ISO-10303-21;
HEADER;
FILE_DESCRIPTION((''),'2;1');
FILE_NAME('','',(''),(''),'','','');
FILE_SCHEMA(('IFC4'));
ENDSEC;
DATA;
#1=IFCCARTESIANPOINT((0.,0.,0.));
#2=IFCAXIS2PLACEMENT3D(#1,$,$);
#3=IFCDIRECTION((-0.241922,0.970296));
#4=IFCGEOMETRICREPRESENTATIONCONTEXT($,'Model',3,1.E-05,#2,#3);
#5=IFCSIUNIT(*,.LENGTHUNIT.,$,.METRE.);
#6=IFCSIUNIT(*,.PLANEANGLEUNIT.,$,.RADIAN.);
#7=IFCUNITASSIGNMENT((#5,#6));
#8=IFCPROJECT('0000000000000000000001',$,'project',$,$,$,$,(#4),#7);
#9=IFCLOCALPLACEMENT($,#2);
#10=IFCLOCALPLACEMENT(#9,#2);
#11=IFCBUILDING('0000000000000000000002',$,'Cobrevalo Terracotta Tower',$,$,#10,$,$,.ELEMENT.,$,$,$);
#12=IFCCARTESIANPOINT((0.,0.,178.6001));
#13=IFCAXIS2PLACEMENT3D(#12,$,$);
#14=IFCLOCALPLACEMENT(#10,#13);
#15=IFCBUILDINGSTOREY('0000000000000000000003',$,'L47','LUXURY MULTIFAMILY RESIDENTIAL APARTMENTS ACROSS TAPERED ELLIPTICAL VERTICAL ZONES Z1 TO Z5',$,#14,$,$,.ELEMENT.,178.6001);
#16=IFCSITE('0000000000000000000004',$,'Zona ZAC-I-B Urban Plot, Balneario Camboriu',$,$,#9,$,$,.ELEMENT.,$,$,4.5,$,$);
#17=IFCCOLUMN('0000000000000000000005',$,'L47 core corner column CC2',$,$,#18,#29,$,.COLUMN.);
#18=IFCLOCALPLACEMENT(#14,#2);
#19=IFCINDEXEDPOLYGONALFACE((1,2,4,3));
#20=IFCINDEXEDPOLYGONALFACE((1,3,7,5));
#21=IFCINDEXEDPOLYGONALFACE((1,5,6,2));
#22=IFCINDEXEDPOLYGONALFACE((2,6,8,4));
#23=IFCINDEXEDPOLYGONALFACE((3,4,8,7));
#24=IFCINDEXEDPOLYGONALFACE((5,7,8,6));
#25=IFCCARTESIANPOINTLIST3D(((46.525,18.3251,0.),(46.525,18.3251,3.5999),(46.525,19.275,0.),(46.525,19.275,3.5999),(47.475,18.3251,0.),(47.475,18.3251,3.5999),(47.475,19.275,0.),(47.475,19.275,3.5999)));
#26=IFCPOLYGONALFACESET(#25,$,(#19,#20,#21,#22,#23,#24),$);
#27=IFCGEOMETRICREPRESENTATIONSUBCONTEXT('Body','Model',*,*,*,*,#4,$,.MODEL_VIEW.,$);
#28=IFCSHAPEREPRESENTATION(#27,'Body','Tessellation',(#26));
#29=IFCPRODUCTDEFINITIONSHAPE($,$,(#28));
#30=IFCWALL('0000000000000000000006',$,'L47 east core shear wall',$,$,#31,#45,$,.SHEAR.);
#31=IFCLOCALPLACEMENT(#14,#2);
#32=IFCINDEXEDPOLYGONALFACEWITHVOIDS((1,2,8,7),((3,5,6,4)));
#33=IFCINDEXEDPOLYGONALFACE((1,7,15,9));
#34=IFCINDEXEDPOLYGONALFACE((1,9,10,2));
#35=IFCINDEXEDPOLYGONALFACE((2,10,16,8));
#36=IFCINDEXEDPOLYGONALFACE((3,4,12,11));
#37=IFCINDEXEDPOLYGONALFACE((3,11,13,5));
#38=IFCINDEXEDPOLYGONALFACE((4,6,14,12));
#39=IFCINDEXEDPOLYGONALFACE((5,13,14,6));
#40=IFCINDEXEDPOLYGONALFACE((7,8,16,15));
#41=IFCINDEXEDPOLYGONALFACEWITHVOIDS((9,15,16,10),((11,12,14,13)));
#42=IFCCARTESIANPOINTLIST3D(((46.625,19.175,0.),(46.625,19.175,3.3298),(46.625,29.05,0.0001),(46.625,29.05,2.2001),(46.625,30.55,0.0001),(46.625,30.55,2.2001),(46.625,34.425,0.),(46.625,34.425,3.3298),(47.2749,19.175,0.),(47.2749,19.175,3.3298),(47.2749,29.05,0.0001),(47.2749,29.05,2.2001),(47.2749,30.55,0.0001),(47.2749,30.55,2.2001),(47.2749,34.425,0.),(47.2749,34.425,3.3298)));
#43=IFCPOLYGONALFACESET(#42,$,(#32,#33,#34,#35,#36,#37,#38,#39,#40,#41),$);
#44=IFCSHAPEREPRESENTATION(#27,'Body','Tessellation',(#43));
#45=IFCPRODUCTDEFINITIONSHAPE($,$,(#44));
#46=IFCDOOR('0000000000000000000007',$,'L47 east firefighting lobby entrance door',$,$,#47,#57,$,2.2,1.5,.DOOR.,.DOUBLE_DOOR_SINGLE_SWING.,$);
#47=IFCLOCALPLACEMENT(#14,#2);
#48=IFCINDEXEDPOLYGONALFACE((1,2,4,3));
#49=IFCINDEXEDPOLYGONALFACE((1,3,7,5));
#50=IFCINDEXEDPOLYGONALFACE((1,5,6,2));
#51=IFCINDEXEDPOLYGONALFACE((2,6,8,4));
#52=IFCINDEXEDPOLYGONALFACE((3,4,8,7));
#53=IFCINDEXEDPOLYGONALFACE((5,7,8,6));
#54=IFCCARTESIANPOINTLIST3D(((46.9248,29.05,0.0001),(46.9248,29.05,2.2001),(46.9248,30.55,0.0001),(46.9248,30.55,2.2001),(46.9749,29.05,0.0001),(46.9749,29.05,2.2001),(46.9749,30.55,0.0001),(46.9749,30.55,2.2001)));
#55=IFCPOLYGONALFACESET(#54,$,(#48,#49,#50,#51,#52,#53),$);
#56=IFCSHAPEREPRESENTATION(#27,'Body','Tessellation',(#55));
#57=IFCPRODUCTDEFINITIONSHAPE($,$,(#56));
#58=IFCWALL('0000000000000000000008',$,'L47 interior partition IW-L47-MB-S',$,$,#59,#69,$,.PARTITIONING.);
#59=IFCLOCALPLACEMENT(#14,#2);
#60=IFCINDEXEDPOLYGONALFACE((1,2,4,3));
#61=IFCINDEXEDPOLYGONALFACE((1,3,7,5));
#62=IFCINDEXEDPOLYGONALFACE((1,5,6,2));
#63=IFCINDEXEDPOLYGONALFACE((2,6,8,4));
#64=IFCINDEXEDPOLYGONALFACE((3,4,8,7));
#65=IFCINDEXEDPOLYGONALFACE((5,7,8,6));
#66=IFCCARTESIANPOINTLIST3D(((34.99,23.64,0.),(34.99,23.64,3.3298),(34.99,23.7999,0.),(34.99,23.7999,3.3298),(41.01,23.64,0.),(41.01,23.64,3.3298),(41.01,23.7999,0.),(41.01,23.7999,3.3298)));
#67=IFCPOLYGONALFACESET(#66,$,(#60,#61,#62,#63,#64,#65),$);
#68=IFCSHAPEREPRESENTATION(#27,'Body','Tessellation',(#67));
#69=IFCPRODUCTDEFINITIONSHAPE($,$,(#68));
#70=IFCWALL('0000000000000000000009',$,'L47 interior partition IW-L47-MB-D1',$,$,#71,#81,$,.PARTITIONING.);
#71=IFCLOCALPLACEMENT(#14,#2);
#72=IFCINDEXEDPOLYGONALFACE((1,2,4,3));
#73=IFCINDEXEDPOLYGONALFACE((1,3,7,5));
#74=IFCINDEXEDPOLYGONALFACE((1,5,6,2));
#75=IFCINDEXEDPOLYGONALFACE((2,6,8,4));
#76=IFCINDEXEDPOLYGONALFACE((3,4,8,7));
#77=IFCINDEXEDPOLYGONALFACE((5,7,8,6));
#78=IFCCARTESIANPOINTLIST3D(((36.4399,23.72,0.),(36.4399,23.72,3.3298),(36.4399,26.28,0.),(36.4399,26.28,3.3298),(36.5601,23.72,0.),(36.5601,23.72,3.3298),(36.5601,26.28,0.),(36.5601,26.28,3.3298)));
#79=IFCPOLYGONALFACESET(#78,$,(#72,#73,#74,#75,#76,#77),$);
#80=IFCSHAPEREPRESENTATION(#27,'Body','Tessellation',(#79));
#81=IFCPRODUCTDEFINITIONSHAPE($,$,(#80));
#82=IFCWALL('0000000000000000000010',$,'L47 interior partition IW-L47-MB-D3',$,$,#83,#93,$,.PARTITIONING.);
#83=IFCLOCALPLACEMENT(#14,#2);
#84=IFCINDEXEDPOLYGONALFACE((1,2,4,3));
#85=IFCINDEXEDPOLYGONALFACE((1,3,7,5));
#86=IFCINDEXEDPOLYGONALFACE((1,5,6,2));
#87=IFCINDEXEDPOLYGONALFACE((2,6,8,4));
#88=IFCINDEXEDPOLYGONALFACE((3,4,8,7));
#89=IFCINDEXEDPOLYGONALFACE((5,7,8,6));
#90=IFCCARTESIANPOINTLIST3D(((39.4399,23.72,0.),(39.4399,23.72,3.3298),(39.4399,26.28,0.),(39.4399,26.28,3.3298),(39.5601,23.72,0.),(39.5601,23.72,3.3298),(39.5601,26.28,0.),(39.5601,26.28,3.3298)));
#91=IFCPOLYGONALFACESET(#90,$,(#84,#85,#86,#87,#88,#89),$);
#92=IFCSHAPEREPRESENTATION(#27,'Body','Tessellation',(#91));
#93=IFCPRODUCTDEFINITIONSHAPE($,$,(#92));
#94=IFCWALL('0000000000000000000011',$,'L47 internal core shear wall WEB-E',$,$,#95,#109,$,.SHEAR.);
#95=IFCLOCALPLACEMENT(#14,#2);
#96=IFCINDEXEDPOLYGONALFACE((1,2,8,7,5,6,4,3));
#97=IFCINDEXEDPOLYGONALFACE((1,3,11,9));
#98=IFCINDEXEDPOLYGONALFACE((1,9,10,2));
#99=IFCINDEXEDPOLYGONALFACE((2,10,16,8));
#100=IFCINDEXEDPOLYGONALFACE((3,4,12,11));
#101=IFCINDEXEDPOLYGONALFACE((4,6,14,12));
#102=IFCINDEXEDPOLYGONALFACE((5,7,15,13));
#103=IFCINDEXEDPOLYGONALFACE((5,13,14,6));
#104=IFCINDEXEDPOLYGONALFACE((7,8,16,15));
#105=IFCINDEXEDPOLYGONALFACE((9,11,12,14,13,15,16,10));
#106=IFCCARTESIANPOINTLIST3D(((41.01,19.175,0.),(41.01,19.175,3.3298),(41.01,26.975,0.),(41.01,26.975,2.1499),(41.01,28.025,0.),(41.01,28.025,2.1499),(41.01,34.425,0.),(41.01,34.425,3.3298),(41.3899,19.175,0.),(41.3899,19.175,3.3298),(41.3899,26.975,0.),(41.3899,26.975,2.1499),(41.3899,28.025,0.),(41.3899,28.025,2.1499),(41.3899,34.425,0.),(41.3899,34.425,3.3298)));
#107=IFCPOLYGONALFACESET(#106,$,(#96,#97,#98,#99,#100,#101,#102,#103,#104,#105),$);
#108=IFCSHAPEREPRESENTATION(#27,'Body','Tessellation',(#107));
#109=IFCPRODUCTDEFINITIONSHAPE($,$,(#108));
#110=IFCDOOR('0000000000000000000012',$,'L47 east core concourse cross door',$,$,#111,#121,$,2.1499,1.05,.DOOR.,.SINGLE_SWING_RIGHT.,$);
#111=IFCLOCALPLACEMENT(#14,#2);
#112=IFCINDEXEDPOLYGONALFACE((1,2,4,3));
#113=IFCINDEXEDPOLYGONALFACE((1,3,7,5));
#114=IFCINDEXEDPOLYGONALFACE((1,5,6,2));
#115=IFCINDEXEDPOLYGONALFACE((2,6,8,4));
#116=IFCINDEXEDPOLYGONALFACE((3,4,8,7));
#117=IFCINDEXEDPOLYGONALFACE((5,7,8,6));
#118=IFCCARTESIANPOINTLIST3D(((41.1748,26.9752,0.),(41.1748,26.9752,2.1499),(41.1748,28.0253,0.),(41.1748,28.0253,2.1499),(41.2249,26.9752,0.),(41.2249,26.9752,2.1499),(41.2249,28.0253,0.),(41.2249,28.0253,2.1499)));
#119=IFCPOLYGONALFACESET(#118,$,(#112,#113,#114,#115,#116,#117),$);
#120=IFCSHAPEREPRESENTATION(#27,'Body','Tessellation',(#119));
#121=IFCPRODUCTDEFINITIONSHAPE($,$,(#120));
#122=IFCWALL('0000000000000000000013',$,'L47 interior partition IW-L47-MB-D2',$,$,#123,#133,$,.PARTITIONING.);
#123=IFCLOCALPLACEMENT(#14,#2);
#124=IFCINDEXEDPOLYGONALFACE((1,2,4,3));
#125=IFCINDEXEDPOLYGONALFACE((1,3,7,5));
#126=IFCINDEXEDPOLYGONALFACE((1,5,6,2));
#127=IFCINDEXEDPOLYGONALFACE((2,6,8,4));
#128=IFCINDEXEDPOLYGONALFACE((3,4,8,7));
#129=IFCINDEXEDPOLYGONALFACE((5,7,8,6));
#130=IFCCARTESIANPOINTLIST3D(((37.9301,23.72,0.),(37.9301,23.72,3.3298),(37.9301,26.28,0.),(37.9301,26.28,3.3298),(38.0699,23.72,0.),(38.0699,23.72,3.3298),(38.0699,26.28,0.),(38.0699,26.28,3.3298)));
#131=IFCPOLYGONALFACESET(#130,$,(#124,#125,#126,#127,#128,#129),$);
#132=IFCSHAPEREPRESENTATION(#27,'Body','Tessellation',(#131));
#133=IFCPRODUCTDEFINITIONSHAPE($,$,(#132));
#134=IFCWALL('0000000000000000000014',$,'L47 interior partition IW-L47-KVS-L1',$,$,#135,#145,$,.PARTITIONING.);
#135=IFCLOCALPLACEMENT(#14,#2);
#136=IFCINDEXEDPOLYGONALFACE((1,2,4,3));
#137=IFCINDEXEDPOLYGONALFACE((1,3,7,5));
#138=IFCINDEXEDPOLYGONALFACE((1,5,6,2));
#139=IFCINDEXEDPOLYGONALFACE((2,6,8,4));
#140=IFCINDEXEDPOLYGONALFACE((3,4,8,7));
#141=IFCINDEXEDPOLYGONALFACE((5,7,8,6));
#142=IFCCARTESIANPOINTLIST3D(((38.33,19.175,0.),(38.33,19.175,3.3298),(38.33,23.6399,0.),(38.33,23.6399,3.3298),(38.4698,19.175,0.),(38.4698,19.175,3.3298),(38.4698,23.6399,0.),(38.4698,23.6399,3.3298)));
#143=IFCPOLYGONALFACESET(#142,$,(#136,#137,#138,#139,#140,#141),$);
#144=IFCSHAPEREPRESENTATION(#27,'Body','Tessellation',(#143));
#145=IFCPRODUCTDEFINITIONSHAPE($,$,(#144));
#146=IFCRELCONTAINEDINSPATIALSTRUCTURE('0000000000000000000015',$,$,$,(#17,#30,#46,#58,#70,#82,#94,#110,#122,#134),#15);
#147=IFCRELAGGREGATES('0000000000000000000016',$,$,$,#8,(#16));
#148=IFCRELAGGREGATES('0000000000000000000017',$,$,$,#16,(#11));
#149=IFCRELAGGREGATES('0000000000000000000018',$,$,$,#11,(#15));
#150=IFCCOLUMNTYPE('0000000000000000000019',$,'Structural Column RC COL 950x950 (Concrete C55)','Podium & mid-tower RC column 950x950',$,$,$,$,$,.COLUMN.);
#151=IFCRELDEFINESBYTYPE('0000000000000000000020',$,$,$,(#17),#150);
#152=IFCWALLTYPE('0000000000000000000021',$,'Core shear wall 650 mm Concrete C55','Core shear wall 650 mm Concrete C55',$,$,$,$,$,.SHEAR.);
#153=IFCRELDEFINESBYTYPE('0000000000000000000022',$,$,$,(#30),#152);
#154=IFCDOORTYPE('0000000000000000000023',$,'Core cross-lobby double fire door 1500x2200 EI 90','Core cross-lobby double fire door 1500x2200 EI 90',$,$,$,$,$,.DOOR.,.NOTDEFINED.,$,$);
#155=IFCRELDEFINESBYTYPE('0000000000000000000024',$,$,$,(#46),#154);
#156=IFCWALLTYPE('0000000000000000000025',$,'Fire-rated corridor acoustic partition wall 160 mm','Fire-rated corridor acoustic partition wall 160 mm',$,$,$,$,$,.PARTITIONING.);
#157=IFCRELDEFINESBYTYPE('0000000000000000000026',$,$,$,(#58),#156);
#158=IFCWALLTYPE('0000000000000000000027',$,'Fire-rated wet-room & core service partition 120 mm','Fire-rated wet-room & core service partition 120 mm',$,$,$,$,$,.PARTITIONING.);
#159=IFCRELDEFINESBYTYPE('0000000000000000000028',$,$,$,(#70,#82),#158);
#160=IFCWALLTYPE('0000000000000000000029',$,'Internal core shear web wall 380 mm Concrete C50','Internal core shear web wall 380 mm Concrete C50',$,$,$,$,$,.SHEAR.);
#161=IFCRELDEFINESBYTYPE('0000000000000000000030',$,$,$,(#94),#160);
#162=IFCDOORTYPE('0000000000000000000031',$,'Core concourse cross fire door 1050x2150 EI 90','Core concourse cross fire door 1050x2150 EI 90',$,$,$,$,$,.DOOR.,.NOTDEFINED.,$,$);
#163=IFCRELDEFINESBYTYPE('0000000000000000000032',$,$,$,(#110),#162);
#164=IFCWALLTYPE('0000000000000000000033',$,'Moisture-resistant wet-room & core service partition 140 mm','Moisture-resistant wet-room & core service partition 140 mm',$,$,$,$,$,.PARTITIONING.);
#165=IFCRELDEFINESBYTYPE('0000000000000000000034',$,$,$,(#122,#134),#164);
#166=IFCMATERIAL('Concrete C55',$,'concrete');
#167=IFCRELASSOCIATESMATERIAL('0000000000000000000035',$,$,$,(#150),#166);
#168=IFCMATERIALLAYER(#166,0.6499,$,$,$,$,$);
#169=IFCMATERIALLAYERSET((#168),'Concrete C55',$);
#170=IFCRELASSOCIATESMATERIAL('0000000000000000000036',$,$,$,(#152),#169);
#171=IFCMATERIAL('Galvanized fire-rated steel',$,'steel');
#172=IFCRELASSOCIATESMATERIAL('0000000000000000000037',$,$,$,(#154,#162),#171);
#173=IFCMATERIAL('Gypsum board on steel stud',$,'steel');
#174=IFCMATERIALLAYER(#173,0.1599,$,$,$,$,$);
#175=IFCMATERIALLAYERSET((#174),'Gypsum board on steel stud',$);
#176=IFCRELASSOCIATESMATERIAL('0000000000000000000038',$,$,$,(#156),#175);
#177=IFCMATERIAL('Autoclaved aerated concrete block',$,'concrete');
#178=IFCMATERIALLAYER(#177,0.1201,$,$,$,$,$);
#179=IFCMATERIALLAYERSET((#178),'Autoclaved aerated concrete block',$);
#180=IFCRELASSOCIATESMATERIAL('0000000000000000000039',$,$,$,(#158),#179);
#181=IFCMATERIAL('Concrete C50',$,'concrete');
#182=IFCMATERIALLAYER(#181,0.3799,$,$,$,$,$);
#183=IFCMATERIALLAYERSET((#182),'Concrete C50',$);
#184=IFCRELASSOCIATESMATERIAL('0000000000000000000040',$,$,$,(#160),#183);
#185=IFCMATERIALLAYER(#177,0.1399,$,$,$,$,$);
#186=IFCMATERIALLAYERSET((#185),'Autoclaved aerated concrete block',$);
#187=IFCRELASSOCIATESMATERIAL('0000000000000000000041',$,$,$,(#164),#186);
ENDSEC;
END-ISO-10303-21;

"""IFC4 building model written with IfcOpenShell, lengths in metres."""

from ifc_helpers import new_model, si_unit, direction, frame, frame_2d, origin, origin_2d, place, context, subcontext, project, spatial, rectangle, extrude, source, transform, mapped, material, layer, layer_set, material_profile, profile_set, type_object, element, fill, save


model = new_model("IFC4")

# Units and contexts
model_context = context("Model", 3, precision=1e-05, world=origin(), true_north=direction((-0.241922, 0.970296)))
body_context = subcontext(model_context, "Body", "Model", "MODEL_VIEW")
ifc_project = project(units=[si_unit("LENGTHUNIT", "METRE"), si_unit("PLANEANGLEUNIT", "RADIAN")], contexts=[model_context])

# Site, building, storey
site_placement = place(None, origin())
site = spatial("IfcSite", under=ifc_project, at=site_placement, Name="Zona ZAC-I-B Urban Plot, Balneario Camboriu", CompositionType="ELEMENT", RefElevation=4.5)
building_placement = place(site_placement, origin())
building = spatial("IfcBuilding", under=site, at=building_placement, Name="Cobrevalo Terracotta Tower", CompositionType="ELEMENT")
storey_placement = place(building_placement, frame((0.0, 0.0, 178.6001)))
storey = spatial("IfcBuildingStorey", under=building, at=storey_placement, Name="L47", Description="LUXURY MULTIFAMILY RESIDENTIAL APARTMENTS ACROSS TAPERED ELLIPTICAL VERTICAL ZONES Z1 TO Z5", CompositionType="ELEMENT", Elevation=178.6001)

# Column
ifc_material_1 = material(Name="Concrete C55", Category="concrete")
ifc_material_profile = material_profile(ifc_material_1, rectangle(XDim=0.95, YDim=0.95, at=origin_2d()), Name="RC COL 950x950")
ifc_profile_set = profile_set([ifc_material_profile], Name="Concrete C55")
column_type = type_object("IfcColumnType", Name="Structural Column RC COL 950x950 (Concrete C55)", Description="Podium & mid-tower RC column 950x950", PredefinedType="COLUMN", material=ifc_profile_set)
column_placement = place(storey_placement, frame((47.0, 18.8, 0.0), z_axis=(0.0, 0.0, 1.0), x_axis=(1.0, 0.0, 0.0)))
element("IfcColumn", 1, at=column_placement, inside=storey, type_object=column_type, Name="L47 core corner column CC2", PredefinedType="COLUMN", context=body_context, shape_type="SweptSolid", body=[
    extrude(rectangle(XDim=0.95, YDim=0.95, at=origin_2d()), origin(), (0.0, 0.0, 1.0), 3.5999),
])

# Wall, opening, door
ifc_layer_1 = layer(ifc_material_1, 0.6499)
ifc_layer_set_1 = layer_set([ifc_layer_1], Name="Concrete C55")
wall_type_1 = type_object("IfcWallType", Name="Core shear wall 650 mm Concrete C55", Description="Core shear wall 650 mm Concrete C55", PredefinedType="SHEAR", material=ifc_layer_set_1)
wall_1_placement = place(storey_placement, frame((46.95, 19.175, 0.0), z_axis=(0.0, 0.0, 1.0), x_axis=(0.0, 1.0, 0.0)))
wall_1 = element("IfcWall", 2, at=wall_1_placement, inside=storey, type_object=wall_type_1, Name="L47 east core shear wall", PredefinedType="SHEAR", context=body_context, shape_type="SweptSolid", body=[
    extrude(rectangle(XDim=15.25, YDim=0.6499, at=frame_2d((7.625, 0.0))), origin(), (0.0, 0.0, 1.0), 3.3298),
])
opening_1_placement = place(wall_1_placement, frame((9.875, 0.0, 0.0)))
opening_1 = element("IfcOpeningElement", 3, at=opening_1_placement, cuts=wall_1, PredefinedType="OPENING", context=body_context, shape_type="SweptSolid", body=[
    extrude(rectangle(XDim=1.5, YDim=2.2, at=frame_2d((0.75, 1.1001))), frame((0.0, 0.335, 0.0), z_axis=(0.0, -1.0, 0.0), x_axis=(1.0, 0.0, 0.0)), (0.0, 0.0, 1.0), 0.6699),
])
ifc_material_2 = material(Name="Galvanized fire-rated steel", Category="steel")
door_type_1 = type_object("IfcDoorType", Name="Core cross-lobby double fire door 1500x2200 EI 90", Description="Core cross-lobby double fire door 1500x2200 EI 90", OperationType="NOTDEFINED", PredefinedType="DOOR", material=ifc_material_2)
shared_shape_1 = source(origin(), body_context, "Body", "SweptSolid", [
    extrude(rectangle(XDim=1.5, YDim=2.2, at=frame_2d((0.75, 1.1001))), frame((0.0, 0.0249, 0.0), z_axis=(0.0, -1.0, 0.0), x_axis=(1.0, 0.0, 0.0)), (0.0, 0.0, 1.0), 0.05),
])
door_1_placement = place(opening_1_placement, frame((1.5, 0.0, 0.0), z_axis=(0.0, 0.0, 1.0), x_axis=(-1.0, 0.0, 0.0)))
door_1 = element("IfcDoor", 4, at=door_1_placement, inside=storey, type_object=door_type_1, Name="L47 east firefighting lobby entrance door", OperationType="DOUBLE_DOOR_SINGLE_SWING", OverallHeight=2.2, OverallWidth=1.5, PredefinedType="DOOR", context=body_context, shape_type="MappedRepresentation", body=[
    mapped(shared_shape_1, transform((0.0, 0.0, 0.0), scale=1.0)),
])
fill(opening_1, door_1)

# Walls
ifc_material_3 = material(Name="Gypsum board on steel stud", Category="steel")
ifc_layer_2 = layer(ifc_material_3, 0.1599)
ifc_layer_set_2 = layer_set([ifc_layer_2], Name="Gypsum board on steel stud")
wall_type_2 = type_object("IfcWallType", Name="Fire-rated corridor acoustic partition wall 160 mm", Description="Fire-rated corridor acoustic partition wall 160 mm", PredefinedType="PARTITIONING", material=ifc_layer_set_2)
wall_2_placement = place(storey_placement, frame((34.99, 23.72, 0.0), z_axis=(0.0, 0.0, 1.0), x_axis=(1.0, 0.0, 0.0)))
element("IfcWall", 5, at=wall_2_placement, inside=storey, type_object=wall_type_2, Name="L47 interior partition IW-L47-MB-S", PredefinedType="PARTITIONING", context=body_context, shape_type="SweptSolid", body=[
    extrude(rectangle(XDim=6.02, YDim=0.1599, at=frame_2d((3.01, 0.0))), origin(), (0.0, 0.0, 1.0), 3.3298),
])
ifc_material_4 = material(Name="Autoclaved aerated concrete block", Category="concrete")
ifc_layer_3 = layer(ifc_material_4, 0.1201)
ifc_layer_set_3 = layer_set([ifc_layer_3], Name="Autoclaved aerated concrete block")
wall_type_3 = type_object("IfcWallType", Name="Fire-rated wet-room & core service partition 120 mm", Description="Fire-rated wet-room & core service partition 120 mm", PredefinedType="PARTITIONING", material=ifc_layer_set_3)
for number, where, z_axis, x_axis, name in (
    (6, (36.5, 23.72, 0.0), (0.0, 0.0, 1.0), (0.0, 1.0, 0.0), "L47 interior partition IW-L47-MB-D1"),
    (7, (39.5, 23.72, 0.0), (0.0, 0.0, 1.0), (0.0, 1.0, 0.0), "L47 interior partition IW-L47-MB-D3"),
):
    element("IfcWall", number, at=place(storey_placement, frame(where, z_axis=z_axis, x_axis=x_axis)), inside=storey, type_object=wall_type_3, Name=name, PredefinedType="PARTITIONING", context=body_context, shape_type="SweptSolid", body=[
        extrude(rectangle(XDim=2.5601, YDim=0.1201, at=frame_2d((1.28, 0.0))), origin(), (0.0, 0.0, 1.0), 3.3298),
    ])

# Wall, opening, door
ifc_material_5 = material(Name="Concrete C50", Category="concrete")
ifc_layer_4 = layer(ifc_material_5, 0.3799)
ifc_layer_set_4 = layer_set([ifc_layer_4], Name="Concrete C50")
wall_type_4 = type_object("IfcWallType", Name="Internal core shear web wall 380 mm Concrete C50", Description="Internal core shear web wall 380 mm Concrete C50", PredefinedType="SHEAR", material=ifc_layer_set_4)
wall_3_placement = place(storey_placement, frame((41.2, 19.175, 0.0), z_axis=(0.0, 0.0, 1.0), x_axis=(0.0, 1.0, 0.0)))
wall_3 = element("IfcWall", 8, at=wall_3_placement, inside=storey, type_object=wall_type_4, Name="L47 internal core shear wall WEB-E", PredefinedType="SHEAR", context=body_context, shape_type="SweptSolid", body=[
    extrude(rectangle(XDim=15.25, YDim=0.3799, at=frame_2d((7.625, 0.0))), origin(), (0.0, 0.0, 1.0), 3.3298),
])
opening_2_placement = place(wall_3_placement, frame((7.8, 0.0, 0.0)))
opening_2 = element("IfcOpeningElement", 9, at=opening_2_placement, cuts=wall_3, PredefinedType="OPENING", context=body_context, shape_type="SweptSolid", body=[
    extrude(rectangle(XDim=1.05, YDim=2.1499, at=frame_2d((0.5249, 1.075))), frame((0.0, 0.2, 0.0), z_axis=(0.0, -1.0, 0.0), x_axis=(1.0, 0.0, 0.0)), (0.0, 0.0, 1.0), 0.3999),
])
door_type_2 = type_object("IfcDoorType", Name="Core concourse cross fire door 1050x2150 EI 90", Description="Core concourse cross fire door 1050x2150 EI 90", OperationType="NOTDEFINED", PredefinedType="DOOR", material=ifc_material_2)
shared_shape_2 = source(origin(), body_context, "Body", "SweptSolid", [
    extrude(rectangle(XDim=1.05, YDim=2.1499, at=frame_2d((0.5249, 1.075))), frame((0.0, 0.0249, 0.0), z_axis=(0.0, -1.0, 0.0), x_axis=(1.0, 0.0, 0.0)), (0.0, 0.0, 1.0), 0.05),
])
door_2_placement = place(opening_2_placement, frame((1.05, 0.0, 0.0), z_axis=(0.0, 0.0, 1.0), x_axis=(-1.0, 0.0, 0.0)))
door_2 = element("IfcDoor", 10, at=door_2_placement, inside=storey, type_object=door_type_2, Name="L47 east core concourse cross door", OperationType="SINGLE_SWING_RIGHT", OverallHeight=2.1499, OverallWidth=1.05, PredefinedType="DOOR", context=body_context, shape_type="MappedRepresentation", body=[
    mapped(shared_shape_2, transform((0.0, 0.0, 0.0), scale=1.0)),
])
fill(opening_2, door_2)

# Walls
ifc_layer_5 = layer(ifc_material_4, 0.1399)
ifc_layer_set_5 = layer_set([ifc_layer_5], Name="Autoclaved aerated concrete block")
wall_type_5 = type_object("IfcWallType", Name="Moisture-resistant wet-room & core service partition 140 mm", Description="Moisture-resistant wet-room & core service partition 140 mm", PredefinedType="PARTITIONING", material=ifc_layer_set_5)
wall_4_placement = place(storey_placement, frame((38.0, 23.72, 0.0), z_axis=(0.0, 0.0, 1.0), x_axis=(0.0, 1.0, 0.0)))
element("IfcWall", 11, at=wall_4_placement, inside=storey, type_object=wall_type_5, Name="L47 interior partition IW-L47-MB-D2", PredefinedType="PARTITIONING", context=body_context, shape_type="SweptSolid", body=[
    extrude(rectangle(XDim=2.5601, YDim=0.1399, at=frame_2d((1.28, 0.0))), origin(), (0.0, 0.0, 1.0), 3.3298),
])
wall_5_placement = place(storey_placement, frame((38.3999, 19.175, 0.0), z_axis=(0.0, 0.0, 1.0), x_axis=(0.0, 1.0, 0.0)))
element("IfcWall", 12, at=wall_5_placement, inside=storey, type_object=wall_type_5, Name="L47 interior partition IW-L47-KVS-L1", PredefinedType="PARTITIONING", context=body_context, shape_type="SweptSolid", body=[
    extrude(rectangle(XDim=4.4648, YDim=0.1399, at=frame_2d((2.2324, 0.0))), origin(), (0.0, 0.0, 1.0), 3.3298),
])

save(model, "model.ifc")
